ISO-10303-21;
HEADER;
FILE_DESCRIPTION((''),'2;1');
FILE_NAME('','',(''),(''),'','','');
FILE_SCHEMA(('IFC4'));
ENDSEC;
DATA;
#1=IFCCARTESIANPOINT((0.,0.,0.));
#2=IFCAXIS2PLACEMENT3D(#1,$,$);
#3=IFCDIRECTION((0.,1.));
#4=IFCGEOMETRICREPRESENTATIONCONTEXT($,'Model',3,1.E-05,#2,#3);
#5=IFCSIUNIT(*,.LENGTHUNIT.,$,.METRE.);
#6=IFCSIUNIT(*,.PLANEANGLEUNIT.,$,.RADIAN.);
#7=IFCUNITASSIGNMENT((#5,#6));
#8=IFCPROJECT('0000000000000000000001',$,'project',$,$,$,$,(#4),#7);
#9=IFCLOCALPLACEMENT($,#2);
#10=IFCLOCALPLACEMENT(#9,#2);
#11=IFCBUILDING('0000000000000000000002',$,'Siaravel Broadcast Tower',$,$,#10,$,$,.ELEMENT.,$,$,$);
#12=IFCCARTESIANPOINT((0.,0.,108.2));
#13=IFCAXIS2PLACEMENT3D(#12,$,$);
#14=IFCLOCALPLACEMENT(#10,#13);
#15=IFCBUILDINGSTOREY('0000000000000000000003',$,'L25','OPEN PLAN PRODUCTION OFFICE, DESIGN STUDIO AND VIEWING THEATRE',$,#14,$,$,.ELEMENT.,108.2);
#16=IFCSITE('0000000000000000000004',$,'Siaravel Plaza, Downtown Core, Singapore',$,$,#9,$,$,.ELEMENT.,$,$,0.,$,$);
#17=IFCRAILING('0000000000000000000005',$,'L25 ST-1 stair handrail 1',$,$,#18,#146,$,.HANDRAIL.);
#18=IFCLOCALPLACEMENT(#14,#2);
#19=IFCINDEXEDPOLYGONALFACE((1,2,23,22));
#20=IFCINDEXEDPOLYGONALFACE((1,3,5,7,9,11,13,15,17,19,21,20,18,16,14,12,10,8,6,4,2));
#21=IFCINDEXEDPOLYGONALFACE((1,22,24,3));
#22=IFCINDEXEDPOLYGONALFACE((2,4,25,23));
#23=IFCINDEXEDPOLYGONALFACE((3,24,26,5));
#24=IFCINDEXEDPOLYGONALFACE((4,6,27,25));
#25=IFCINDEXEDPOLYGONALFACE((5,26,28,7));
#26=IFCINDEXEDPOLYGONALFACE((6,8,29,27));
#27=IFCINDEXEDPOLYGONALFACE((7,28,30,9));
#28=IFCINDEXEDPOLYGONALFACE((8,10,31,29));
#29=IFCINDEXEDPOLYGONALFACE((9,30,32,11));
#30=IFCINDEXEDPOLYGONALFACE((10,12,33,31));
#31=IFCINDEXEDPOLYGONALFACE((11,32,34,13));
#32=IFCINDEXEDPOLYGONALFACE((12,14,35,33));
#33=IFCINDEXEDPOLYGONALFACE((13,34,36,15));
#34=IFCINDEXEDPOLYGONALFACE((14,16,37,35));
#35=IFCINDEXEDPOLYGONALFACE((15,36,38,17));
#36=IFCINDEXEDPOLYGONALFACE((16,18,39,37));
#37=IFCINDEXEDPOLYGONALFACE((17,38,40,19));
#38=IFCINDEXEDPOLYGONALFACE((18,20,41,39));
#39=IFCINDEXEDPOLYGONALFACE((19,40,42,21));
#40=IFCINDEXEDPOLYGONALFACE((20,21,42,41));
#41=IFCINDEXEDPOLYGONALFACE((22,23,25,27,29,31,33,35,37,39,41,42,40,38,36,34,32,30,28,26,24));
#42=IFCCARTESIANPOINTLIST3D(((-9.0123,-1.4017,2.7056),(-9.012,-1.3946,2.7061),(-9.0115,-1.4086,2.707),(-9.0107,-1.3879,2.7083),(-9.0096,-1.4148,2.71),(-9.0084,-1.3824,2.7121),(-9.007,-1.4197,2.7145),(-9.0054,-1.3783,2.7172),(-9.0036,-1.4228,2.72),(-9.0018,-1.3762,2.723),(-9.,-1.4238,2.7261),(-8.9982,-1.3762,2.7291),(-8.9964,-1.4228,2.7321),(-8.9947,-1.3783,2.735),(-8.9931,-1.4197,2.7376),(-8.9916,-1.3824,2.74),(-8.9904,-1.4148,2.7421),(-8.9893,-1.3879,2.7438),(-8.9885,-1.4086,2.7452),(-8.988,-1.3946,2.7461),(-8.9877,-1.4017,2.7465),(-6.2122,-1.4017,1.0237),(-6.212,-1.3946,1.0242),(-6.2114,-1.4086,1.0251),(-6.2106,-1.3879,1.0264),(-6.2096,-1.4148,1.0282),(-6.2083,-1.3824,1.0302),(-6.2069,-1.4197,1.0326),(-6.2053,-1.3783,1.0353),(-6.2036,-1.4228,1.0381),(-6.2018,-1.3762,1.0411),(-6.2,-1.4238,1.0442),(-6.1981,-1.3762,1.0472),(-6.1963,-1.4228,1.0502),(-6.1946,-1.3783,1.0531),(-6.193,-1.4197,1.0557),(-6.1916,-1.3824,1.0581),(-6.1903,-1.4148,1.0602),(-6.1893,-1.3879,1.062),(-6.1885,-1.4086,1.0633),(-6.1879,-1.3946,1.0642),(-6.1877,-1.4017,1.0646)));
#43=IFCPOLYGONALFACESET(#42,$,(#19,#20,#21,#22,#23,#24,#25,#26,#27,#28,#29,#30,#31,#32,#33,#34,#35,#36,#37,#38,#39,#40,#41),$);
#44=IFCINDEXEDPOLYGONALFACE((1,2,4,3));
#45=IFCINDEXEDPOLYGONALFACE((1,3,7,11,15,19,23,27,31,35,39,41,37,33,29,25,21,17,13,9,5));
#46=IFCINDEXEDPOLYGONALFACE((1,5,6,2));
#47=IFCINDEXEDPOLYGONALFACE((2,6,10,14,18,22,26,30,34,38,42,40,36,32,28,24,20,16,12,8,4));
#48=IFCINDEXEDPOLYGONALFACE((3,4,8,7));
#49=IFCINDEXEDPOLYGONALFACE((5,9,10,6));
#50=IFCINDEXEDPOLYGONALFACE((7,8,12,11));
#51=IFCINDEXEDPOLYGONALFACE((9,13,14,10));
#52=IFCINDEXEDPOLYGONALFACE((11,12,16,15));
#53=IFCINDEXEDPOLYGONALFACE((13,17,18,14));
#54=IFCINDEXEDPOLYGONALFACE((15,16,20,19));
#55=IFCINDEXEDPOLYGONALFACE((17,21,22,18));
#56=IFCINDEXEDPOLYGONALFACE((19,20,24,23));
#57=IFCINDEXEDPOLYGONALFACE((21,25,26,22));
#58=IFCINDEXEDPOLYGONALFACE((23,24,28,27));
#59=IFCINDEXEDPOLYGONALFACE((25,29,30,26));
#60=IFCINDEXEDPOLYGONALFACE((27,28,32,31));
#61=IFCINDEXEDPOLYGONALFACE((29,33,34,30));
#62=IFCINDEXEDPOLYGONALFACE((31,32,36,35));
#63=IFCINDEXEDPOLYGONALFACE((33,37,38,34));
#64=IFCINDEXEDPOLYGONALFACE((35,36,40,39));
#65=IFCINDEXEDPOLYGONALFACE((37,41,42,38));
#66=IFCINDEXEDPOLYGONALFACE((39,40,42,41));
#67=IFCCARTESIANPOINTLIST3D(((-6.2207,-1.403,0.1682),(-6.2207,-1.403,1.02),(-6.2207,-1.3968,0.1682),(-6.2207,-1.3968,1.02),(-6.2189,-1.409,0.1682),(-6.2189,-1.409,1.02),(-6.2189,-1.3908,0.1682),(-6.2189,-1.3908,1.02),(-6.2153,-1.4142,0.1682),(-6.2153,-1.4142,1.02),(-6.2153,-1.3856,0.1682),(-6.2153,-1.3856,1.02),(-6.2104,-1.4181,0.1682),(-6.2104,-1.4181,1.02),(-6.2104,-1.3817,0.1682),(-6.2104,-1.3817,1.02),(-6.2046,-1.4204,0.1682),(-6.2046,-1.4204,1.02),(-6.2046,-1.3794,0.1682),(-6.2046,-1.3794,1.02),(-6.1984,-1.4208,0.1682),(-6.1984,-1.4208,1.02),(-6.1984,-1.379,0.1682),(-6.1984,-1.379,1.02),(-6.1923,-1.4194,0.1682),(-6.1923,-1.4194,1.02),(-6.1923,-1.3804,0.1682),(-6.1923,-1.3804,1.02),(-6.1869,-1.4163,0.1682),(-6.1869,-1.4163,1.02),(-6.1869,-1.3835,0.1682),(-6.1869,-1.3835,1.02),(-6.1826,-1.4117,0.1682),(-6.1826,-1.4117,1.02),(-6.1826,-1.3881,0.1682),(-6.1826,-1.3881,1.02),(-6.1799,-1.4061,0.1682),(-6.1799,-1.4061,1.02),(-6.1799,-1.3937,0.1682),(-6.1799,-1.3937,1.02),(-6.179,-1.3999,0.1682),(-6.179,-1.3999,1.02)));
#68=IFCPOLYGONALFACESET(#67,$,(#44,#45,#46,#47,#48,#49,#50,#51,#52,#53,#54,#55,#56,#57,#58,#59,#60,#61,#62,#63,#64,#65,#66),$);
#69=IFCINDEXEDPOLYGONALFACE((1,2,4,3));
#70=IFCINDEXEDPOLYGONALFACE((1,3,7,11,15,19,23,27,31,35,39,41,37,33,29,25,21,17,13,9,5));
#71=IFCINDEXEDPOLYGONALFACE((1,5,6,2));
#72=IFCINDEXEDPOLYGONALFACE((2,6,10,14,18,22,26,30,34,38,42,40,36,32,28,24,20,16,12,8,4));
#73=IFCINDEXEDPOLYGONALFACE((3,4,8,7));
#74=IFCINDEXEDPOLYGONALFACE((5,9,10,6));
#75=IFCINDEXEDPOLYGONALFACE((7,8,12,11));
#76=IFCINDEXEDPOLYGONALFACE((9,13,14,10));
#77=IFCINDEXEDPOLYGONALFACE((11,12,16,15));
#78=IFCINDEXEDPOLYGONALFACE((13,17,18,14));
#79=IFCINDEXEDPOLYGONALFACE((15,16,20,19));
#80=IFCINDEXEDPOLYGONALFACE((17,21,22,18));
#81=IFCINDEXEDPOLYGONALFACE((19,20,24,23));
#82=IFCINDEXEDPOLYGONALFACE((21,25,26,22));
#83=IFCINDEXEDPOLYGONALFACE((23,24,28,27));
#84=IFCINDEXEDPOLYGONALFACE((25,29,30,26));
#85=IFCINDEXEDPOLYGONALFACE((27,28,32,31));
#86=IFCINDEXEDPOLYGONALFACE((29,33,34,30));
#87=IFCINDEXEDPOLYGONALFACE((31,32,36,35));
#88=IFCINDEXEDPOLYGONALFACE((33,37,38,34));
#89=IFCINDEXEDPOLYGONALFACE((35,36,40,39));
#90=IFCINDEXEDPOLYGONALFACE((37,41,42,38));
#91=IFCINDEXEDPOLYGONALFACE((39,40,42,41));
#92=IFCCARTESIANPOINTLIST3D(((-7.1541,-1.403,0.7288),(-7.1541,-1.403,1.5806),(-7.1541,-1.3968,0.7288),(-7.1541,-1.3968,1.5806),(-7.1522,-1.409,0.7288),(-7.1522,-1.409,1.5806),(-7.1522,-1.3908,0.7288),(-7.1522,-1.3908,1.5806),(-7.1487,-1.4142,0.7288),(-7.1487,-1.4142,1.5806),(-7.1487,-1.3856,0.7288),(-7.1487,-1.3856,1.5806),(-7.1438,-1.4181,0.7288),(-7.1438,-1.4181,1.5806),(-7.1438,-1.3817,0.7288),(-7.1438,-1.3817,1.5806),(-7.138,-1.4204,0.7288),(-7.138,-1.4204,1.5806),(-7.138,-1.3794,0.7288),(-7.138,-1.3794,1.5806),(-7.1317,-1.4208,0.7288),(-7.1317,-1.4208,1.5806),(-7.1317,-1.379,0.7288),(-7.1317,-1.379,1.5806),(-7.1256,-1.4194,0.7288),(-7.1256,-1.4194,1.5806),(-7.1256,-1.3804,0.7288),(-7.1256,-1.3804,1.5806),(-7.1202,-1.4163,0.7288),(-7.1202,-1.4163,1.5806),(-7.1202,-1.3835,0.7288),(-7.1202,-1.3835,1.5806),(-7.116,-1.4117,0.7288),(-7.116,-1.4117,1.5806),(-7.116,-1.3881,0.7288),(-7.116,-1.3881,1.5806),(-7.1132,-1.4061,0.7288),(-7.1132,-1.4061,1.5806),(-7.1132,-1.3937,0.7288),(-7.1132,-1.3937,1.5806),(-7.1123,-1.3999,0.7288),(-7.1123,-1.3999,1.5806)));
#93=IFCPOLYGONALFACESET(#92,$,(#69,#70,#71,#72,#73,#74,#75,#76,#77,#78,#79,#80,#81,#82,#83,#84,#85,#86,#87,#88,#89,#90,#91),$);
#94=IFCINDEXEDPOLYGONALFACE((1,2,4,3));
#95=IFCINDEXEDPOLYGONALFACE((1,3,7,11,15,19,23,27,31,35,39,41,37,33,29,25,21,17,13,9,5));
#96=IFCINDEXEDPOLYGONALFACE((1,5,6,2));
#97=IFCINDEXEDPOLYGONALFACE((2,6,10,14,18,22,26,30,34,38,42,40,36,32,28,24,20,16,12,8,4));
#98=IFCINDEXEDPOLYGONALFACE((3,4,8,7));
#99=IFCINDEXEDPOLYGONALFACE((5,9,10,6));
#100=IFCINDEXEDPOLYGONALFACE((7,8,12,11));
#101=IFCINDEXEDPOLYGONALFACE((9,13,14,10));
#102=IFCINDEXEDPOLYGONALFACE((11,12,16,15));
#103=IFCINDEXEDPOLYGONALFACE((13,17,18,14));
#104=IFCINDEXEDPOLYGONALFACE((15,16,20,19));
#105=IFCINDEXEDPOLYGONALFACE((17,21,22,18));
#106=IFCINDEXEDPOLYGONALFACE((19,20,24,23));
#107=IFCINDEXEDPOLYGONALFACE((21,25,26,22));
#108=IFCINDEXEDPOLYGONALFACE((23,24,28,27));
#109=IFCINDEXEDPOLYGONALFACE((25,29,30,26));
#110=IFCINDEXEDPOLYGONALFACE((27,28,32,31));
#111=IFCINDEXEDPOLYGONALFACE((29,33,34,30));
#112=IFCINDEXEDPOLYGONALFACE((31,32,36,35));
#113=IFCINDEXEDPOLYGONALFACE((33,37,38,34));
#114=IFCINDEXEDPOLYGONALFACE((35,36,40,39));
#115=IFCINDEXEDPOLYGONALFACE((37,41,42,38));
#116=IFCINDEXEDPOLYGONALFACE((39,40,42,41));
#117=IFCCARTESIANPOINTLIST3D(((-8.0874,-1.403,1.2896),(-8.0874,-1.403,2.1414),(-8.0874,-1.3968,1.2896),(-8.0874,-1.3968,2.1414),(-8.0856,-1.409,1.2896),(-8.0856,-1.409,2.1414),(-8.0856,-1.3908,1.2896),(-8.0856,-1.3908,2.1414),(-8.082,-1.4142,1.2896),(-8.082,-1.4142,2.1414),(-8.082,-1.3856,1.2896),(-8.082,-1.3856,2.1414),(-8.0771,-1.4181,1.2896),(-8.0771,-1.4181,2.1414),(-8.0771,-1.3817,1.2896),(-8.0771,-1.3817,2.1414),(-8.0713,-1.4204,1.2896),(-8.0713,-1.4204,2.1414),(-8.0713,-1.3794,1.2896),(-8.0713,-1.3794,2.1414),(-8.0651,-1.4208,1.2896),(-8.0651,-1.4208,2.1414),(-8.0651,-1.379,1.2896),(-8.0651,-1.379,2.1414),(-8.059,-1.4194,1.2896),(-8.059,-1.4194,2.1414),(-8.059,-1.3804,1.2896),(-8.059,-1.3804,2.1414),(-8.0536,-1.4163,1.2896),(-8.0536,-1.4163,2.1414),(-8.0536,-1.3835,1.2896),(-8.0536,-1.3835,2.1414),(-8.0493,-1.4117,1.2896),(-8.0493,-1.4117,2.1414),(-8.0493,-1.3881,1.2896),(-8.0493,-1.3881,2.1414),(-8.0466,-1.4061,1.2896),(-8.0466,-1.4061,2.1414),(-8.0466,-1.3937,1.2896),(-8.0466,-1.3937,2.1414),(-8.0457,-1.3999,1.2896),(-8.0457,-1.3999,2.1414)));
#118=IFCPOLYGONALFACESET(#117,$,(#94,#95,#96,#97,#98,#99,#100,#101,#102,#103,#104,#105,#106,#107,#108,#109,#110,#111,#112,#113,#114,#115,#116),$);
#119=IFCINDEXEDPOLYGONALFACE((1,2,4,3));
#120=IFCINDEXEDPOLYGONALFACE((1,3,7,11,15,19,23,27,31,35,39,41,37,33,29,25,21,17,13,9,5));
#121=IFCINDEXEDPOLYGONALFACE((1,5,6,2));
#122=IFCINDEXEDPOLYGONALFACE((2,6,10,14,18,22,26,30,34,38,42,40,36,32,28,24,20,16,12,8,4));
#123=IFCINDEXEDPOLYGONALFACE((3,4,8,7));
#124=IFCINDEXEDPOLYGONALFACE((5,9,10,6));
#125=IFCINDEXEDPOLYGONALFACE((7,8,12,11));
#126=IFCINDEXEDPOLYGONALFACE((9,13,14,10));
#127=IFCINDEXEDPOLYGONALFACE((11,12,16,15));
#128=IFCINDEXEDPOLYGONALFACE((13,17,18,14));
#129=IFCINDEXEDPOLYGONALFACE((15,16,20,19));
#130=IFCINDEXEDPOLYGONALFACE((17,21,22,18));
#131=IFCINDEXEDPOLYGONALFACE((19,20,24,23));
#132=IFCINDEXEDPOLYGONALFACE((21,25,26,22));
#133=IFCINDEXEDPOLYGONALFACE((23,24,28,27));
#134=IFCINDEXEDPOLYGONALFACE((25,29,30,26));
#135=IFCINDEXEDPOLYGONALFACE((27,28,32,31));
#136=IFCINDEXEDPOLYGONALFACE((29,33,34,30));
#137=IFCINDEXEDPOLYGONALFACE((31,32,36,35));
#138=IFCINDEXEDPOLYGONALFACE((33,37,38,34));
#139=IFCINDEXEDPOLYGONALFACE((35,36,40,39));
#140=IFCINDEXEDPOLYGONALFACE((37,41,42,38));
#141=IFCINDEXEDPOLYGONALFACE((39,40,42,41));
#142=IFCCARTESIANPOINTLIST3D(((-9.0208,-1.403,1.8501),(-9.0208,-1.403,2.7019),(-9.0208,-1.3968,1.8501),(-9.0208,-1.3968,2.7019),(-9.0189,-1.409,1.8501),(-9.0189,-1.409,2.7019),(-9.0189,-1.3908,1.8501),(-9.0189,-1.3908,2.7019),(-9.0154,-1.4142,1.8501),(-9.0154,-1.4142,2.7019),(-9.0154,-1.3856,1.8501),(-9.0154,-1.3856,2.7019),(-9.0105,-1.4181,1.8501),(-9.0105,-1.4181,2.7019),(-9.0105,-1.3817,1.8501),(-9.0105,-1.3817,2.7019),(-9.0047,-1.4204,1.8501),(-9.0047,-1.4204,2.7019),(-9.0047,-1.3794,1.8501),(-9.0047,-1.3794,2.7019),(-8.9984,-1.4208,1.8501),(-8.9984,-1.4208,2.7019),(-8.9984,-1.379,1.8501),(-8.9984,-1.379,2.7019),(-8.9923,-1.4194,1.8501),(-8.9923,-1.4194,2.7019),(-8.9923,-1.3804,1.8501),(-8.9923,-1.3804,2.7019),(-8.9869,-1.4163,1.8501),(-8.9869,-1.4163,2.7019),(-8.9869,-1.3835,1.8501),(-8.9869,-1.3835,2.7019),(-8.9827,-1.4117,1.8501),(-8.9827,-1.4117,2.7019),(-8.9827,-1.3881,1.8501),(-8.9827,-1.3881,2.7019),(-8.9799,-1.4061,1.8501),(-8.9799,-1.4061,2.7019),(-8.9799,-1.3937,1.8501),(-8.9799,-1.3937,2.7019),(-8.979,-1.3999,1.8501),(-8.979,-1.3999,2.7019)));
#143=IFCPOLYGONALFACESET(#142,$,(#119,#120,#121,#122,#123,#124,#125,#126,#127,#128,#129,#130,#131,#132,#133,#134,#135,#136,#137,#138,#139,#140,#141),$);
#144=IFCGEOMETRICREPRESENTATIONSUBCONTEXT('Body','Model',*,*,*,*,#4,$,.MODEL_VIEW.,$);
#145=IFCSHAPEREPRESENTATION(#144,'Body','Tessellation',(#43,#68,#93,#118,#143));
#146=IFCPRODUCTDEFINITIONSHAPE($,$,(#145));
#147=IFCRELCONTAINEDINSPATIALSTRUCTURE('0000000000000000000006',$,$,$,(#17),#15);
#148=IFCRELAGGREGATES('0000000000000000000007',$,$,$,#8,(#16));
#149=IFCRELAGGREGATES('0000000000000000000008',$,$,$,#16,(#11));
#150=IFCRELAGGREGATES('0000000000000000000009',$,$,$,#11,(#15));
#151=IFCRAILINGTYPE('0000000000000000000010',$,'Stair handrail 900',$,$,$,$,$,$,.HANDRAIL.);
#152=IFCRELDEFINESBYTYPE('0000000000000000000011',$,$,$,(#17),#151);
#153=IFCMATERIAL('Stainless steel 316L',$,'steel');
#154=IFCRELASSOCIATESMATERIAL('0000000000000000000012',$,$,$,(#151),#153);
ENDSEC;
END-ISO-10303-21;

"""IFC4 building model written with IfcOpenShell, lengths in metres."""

from ifc_helpers import new_model, si_unit, direction, frame, origin, origin_2d, place, context, subcontext, project, spatial, circle, extrude, material, type_object, element, save


model = new_model("IFC4")

# Units and contexts
model_context = context("Model", 3, precision=1e-05, world=origin(), true_north=direction((0.0, 1.0)))
body_context = subcontext(model_context, "Body", "Model", "MODEL_VIEW")
ifc_project = project(units=[si_unit("LENGTHUNIT", "METRE"), si_unit("PLANEANGLEUNIT", "RADIAN")], contexts=[model_context])

# Site, building, storey
site_placement = place(None, origin())
site = spatial("IfcSite", under=ifc_project, at=site_placement, Name="Siaravel Plaza, Downtown Core, Singapore", CompositionType="ELEMENT", RefElevation=0.0)
building_placement = place(site_placement, origin())
building = spatial("IfcBuilding", under=site, at=building_placement, Name="Siaravel Broadcast Tower", CompositionType="ELEMENT")
storey_placement = place(building_placement, frame((0.0, 0.0, 108.2)))
storey = spatial("IfcBuildingStorey", under=building, at=storey_placement, Name="L25", Description="OPEN PLAN PRODUCTION OFFICE, DESIGN STUDIO AND VIEWING THEATRE", CompositionType="ELEMENT", Elevation=108.2)

# Shared definitions
ifc_material_1 = material(Name="Stainless steel 316L", Category="steel")

# Railing
railing_type_1 = type_object("IfcRailingType", Name="Stair handrail 900", PredefinedType="HANDRAIL", material=ifc_material_1)
railing_1_placement = place(storey_placement, frame((-6.2, -1.3999, 0.1682)))
element("IfcRailing", 1, at=railing_1_placement, inside=storey, type_object=railing_type_1, Name="L25 ST-1 stair handrail 1", PredefinedType="HANDRAIL", context=body_context, shape_type="SweptSolid", body=[
    extrude(circle(Radius=0.0239, at=origin_2d()), frame((0.0, 0.0, 0.876), z_axis=(-0.857242, 0.0, 0.514913), x_axis=(0.0, -1.0, 0.0)), (0.0, 0.0, 1.0), 3.2664),
    extrude(circle(Radius=0.021, at=origin_2d()), origin(), (0.0, 0.0, 1.0), 0.8518),
    extrude(circle(Radius=0.021, at=origin_2d()), frame((-0.9333, 0.0, 0.5605)), (0.0, 0.0, 1.0), 0.8518),
    extrude(circle(Radius=0.021, at=origin_2d()), frame((-1.8667, 0.0, 1.1213)), (0.0, 0.0, 1.0), 0.8518),
    extrude(circle(Radius=0.021, at=origin_2d()), frame((-2.8, 0.0, 1.6819)), (0.0, 0.0, 1.0), 0.8518),
])

save(model, "model.ifc")
